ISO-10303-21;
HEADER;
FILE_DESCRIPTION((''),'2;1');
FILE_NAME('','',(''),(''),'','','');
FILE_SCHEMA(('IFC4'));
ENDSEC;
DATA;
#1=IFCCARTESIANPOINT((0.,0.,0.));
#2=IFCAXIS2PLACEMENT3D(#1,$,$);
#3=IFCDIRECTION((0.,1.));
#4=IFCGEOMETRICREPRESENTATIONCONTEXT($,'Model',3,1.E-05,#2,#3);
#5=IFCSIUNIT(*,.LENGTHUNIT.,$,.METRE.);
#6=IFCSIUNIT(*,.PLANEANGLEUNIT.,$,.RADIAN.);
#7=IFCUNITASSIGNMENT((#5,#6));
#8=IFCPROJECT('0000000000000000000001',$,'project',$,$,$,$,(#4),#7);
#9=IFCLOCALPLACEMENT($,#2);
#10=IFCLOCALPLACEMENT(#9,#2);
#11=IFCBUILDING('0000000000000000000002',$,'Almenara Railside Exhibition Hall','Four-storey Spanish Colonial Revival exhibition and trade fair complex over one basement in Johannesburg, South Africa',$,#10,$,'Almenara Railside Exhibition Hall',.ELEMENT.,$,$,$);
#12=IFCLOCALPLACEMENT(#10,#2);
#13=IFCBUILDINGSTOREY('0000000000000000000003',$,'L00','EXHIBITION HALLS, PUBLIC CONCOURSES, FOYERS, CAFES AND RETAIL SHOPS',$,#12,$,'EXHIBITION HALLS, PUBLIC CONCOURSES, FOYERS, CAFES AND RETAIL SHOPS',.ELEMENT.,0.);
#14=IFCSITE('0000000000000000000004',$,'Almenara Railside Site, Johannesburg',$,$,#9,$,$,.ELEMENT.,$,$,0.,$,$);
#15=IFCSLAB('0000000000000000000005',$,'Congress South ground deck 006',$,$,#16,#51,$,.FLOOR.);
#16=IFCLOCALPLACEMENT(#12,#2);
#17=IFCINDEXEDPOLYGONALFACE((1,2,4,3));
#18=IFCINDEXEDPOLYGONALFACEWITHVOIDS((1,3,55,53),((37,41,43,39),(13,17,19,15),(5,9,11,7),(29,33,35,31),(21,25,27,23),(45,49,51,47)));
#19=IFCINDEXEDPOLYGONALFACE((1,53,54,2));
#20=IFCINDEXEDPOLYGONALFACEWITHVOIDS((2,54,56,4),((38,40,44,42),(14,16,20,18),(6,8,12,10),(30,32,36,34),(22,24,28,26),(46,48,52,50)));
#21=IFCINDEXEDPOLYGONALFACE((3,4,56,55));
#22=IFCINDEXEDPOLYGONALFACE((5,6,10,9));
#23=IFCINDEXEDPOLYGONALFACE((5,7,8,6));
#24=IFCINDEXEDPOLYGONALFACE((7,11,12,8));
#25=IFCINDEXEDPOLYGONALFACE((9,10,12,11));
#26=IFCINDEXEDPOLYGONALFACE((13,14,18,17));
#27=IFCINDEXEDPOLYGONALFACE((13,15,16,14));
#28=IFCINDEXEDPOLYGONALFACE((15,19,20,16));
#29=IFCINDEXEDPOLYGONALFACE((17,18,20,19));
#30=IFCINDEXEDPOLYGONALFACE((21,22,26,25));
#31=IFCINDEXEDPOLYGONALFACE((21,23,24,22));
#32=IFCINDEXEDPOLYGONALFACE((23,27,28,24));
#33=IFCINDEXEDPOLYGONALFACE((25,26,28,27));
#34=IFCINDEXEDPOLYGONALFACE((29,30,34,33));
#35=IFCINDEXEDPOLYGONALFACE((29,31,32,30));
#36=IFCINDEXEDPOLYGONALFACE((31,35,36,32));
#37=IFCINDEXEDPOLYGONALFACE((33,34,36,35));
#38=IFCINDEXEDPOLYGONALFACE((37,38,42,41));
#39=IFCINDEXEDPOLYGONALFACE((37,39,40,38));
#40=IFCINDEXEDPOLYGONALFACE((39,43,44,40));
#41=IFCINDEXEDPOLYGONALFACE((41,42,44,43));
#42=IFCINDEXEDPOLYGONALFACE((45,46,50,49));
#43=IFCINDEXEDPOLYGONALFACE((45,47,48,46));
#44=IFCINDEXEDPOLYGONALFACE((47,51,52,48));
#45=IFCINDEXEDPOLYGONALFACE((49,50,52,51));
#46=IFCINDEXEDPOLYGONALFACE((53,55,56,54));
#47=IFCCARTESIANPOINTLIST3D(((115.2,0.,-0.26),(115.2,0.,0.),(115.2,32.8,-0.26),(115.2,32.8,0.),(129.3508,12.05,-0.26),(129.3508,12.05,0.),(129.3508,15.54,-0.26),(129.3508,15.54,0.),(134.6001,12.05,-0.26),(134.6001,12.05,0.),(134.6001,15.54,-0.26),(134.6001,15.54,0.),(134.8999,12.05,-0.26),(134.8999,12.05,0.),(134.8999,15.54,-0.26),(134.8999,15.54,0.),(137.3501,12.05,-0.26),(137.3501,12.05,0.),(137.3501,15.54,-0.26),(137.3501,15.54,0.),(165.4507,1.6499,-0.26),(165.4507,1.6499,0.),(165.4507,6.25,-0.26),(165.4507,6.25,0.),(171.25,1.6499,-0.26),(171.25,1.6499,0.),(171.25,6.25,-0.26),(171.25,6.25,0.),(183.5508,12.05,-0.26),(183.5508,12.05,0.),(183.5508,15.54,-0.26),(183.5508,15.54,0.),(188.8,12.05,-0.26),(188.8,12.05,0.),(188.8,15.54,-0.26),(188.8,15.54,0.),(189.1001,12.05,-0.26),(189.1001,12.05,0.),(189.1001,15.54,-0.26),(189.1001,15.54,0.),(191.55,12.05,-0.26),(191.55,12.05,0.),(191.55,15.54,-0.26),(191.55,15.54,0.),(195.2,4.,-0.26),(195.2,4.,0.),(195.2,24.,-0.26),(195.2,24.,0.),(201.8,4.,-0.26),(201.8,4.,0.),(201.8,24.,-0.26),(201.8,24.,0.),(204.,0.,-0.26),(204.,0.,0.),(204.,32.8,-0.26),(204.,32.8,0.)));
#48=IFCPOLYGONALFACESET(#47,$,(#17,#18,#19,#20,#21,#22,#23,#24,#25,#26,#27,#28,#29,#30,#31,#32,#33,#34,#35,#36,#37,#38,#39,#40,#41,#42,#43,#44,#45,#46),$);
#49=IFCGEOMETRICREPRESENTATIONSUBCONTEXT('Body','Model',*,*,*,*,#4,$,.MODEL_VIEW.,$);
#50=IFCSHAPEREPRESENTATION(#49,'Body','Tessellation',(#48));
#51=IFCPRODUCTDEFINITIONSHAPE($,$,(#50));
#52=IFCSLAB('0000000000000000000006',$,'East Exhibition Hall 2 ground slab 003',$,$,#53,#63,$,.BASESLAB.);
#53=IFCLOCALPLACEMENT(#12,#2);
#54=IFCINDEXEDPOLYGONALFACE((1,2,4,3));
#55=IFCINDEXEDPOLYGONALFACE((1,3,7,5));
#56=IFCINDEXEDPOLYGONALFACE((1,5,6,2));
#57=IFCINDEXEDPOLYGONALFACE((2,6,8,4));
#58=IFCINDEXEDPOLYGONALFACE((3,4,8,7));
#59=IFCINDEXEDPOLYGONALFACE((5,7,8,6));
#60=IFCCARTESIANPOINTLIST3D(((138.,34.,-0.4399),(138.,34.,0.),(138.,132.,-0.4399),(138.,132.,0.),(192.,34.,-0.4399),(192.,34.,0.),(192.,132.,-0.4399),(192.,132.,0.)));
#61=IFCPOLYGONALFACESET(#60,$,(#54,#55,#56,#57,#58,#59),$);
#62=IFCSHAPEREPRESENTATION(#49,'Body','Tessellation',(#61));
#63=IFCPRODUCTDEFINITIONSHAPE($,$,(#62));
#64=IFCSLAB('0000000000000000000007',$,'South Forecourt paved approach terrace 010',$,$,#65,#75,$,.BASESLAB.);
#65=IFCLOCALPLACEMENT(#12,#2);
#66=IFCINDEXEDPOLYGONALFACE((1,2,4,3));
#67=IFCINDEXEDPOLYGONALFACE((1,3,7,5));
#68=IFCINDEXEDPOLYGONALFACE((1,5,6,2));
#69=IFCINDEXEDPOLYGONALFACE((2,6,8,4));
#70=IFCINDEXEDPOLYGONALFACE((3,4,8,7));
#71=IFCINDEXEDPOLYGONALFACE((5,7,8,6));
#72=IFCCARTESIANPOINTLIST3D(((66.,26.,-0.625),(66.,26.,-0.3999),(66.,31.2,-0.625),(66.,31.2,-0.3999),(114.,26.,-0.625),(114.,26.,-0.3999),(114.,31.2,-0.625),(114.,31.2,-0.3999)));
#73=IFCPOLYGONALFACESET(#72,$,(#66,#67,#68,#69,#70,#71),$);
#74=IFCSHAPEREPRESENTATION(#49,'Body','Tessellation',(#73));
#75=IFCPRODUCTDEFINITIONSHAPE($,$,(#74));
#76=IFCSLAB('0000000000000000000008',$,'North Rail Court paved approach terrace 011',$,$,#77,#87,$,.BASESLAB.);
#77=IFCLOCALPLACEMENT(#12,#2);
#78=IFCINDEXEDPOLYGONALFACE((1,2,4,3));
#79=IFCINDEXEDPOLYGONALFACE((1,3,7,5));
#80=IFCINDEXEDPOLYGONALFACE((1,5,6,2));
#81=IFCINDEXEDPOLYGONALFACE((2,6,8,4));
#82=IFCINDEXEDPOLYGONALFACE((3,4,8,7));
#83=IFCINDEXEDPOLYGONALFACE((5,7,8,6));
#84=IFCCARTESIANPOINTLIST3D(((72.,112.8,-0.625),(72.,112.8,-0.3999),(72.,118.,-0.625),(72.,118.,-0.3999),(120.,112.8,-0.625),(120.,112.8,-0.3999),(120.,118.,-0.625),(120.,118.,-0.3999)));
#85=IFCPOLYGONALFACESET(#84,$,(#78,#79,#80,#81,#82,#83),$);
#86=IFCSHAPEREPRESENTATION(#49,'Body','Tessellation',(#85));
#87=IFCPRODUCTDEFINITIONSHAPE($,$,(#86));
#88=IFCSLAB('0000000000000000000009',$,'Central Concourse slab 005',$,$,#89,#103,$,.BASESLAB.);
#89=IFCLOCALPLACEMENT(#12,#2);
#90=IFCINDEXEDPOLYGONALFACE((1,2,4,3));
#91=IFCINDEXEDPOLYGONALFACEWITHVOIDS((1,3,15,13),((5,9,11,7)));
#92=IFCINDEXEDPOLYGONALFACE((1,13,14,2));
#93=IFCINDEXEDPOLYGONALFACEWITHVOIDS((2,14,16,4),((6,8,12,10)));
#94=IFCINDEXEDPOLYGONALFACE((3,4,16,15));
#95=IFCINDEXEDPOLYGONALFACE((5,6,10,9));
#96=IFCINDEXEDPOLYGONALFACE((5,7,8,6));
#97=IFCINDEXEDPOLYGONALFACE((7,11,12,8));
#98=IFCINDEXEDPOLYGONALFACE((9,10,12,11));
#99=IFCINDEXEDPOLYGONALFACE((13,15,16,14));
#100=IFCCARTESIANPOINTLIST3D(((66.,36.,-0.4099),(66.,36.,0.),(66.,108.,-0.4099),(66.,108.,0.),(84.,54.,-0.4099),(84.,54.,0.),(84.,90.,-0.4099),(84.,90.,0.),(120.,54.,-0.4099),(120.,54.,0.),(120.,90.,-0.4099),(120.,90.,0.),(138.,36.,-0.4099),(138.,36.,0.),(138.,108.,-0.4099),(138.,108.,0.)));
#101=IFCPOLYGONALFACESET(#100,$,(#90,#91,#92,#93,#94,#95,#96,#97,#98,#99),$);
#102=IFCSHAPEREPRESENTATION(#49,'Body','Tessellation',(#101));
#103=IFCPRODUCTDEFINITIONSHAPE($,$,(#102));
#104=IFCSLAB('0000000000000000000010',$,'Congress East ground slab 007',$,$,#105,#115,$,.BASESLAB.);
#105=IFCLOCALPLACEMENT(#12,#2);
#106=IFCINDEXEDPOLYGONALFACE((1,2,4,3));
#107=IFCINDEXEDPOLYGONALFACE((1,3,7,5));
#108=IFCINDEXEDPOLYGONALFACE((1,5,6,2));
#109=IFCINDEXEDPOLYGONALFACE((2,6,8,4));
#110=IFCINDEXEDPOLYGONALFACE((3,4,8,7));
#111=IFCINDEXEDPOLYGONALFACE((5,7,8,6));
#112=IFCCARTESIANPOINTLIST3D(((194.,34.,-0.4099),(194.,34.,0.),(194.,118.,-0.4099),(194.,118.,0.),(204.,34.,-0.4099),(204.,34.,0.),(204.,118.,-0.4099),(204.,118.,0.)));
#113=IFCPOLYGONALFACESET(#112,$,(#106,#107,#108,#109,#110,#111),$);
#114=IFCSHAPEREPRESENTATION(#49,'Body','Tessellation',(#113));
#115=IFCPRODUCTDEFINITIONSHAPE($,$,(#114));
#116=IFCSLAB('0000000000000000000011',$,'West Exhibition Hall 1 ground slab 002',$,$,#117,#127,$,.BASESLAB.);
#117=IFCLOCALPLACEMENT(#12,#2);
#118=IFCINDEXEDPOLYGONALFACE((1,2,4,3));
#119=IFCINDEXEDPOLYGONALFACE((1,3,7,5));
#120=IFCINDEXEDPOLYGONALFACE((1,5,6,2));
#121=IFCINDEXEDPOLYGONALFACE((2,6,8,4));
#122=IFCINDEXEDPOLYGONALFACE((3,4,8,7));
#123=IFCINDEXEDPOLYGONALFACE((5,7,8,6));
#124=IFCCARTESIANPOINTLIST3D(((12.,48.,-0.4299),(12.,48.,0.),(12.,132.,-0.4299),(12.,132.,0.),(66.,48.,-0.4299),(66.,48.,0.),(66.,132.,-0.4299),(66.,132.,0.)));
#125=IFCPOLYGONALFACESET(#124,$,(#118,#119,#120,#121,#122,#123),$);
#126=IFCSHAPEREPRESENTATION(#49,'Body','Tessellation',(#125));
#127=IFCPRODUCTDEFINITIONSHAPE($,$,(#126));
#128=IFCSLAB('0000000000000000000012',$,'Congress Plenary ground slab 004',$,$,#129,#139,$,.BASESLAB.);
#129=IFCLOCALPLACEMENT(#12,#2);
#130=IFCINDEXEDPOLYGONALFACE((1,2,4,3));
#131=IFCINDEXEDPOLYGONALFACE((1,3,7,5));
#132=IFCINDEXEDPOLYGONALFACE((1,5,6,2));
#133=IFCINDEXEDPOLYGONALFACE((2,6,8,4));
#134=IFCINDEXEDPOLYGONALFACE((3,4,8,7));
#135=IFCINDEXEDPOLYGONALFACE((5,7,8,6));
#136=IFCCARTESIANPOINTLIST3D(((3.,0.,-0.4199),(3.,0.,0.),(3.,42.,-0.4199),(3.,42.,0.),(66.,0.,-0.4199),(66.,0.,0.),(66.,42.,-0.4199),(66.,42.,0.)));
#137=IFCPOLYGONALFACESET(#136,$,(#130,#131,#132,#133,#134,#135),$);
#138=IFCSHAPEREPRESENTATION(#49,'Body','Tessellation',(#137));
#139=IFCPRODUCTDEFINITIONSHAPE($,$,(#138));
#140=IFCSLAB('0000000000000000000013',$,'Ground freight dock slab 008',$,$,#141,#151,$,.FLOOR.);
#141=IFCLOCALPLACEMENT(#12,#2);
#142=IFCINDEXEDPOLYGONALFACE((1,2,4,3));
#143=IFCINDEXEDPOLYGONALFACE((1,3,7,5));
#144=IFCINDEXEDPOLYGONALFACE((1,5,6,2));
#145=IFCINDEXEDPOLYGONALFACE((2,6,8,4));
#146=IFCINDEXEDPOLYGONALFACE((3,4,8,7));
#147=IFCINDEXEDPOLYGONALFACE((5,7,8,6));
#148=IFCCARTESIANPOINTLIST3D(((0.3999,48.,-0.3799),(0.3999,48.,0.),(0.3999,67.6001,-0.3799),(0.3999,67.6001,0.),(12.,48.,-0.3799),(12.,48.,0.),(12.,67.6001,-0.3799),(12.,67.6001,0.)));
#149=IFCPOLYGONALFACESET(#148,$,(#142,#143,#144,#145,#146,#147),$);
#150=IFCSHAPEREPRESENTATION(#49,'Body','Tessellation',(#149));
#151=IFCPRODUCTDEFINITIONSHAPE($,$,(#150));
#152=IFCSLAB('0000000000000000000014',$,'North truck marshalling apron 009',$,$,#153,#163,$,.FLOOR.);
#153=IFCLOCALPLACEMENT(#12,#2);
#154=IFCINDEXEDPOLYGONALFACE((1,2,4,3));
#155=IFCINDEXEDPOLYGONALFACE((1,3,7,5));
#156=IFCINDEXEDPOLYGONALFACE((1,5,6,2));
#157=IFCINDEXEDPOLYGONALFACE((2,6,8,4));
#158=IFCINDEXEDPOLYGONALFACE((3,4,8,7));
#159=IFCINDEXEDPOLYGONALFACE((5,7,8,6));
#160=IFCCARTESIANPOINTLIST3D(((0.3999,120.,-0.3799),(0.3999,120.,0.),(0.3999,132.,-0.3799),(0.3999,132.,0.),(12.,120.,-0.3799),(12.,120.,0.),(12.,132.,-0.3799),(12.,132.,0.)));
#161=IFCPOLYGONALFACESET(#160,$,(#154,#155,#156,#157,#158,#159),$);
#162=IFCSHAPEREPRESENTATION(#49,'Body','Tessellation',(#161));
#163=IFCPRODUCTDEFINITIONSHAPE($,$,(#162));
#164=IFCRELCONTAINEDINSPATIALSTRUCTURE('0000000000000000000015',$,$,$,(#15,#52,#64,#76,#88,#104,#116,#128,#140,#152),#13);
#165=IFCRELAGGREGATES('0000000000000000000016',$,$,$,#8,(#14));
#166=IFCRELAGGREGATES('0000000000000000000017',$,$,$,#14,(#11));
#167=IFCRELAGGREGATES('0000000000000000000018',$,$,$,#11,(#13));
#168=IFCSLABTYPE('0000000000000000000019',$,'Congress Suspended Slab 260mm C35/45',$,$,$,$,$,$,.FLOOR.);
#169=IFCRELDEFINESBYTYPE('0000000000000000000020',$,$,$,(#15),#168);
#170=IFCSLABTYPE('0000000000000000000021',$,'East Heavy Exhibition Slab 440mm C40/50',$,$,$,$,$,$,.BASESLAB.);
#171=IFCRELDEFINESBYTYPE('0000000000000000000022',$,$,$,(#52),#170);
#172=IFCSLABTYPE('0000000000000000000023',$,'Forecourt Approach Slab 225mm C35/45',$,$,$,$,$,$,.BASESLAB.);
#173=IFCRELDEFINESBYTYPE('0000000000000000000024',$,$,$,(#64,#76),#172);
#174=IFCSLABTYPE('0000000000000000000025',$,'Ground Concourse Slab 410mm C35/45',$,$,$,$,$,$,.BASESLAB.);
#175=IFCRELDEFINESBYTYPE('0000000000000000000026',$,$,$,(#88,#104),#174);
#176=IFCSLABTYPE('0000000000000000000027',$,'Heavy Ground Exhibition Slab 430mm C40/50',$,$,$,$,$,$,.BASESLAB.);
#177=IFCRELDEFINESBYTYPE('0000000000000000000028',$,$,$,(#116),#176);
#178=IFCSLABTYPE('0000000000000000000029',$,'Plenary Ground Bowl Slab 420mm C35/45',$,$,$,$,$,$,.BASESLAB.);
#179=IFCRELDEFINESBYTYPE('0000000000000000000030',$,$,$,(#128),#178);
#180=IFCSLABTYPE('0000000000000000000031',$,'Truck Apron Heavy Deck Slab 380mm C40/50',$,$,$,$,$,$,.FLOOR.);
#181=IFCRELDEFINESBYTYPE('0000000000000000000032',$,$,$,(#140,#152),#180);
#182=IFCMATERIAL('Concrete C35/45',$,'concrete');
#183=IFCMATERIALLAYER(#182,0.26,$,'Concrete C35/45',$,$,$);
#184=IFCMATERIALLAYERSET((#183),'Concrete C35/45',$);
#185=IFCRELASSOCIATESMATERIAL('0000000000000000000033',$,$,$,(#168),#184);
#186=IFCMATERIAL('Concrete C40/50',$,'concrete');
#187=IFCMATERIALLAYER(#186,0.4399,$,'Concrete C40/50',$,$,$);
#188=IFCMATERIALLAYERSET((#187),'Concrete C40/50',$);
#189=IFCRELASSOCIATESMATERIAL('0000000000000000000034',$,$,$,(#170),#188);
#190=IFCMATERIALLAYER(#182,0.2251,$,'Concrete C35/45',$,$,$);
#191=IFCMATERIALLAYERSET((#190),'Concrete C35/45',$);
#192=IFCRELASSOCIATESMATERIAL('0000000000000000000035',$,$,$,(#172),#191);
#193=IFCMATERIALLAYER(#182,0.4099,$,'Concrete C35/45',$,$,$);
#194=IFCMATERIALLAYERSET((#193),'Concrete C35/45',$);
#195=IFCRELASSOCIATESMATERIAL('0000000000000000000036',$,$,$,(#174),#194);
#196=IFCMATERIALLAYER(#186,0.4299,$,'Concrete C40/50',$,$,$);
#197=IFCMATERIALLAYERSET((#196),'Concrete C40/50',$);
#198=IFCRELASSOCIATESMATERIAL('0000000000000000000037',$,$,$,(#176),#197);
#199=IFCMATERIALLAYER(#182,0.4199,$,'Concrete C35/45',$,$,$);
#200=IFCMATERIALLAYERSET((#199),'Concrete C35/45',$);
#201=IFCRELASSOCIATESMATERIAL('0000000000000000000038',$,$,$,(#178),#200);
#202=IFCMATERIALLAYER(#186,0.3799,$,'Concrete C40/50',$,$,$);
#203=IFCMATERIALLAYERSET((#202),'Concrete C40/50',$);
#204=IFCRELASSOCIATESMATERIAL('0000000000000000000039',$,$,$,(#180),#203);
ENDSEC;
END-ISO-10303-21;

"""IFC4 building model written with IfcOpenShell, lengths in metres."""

from ifc_helpers import new_model, si_unit, direction, frame, origin, place, context, subcontext, project, spatial, polyline, outline, extrude, material, layer, layer_set, type_object, element, save


model = new_model("IFC4")

# Units and contexts
model_context = context("Model", 3, precision=1e-05, world=origin(), true_north=direction((0.0, 1.0)))
body_context = subcontext(model_context, "Body", "Model", "MODEL_VIEW")
ifc_project = project(units=[si_unit("LENGTHUNIT", "METRE"), si_unit("PLANEANGLEUNIT", "RADIAN")], contexts=[model_context])

# Site, building, storey
site_placement = place(None, origin())
site = spatial("IfcSite", under=ifc_project, at=site_placement, Name="Almenara Railside Site, Johannesburg", CompositionType="ELEMENT", RefElevation=0.0)
building_placement = place(site_placement, origin())
building = spatial("IfcBuilding", under=site, at=building_placement, Name="Almenara Railside Exhibition Hall", Description="Four-storey Spanish Colonial Revival exhibition and trade fair complex over one basement in Johannesburg, South Africa", LongName="Almenara Railside Exhibition Hall", CompositionType="ELEMENT")
storey_placement = place(building_placement, origin())
storey = spatial("IfcBuildingStorey", under=building, at=storey_placement, Name="L00", Description="EXHIBITION HALLS, PUBLIC CONCOURSES, FOYERS, CAFES AND RETAIL SHOPS", LongName="EXHIBITION HALLS, PUBLIC CONCOURSES, FOYERS, CAFES AND RETAIL SHOPS", CompositionType="ELEMENT", Elevation=0.0)

# Shared definitions
ifc_material_1 = material(Name="Concrete C40/50", Category="concrete")

# Slabs
ifc_material_2 = material(Name="Concrete C35/45", Category="concrete")
ifc_layer_1 = layer(ifc_material_2, 0.26, Name="Concrete C35/45")
ifc_layer_set_1 = layer_set([ifc_layer_1], Name="Concrete C35/45")
slab_type_1 = type_object("IfcSlabType", Name="Congress Suspended Slab 260mm C35/45", PredefinedType="FLOOR", material=ifc_layer_set_1)
slab_1_placement = place(storey_placement, frame((0.0, 0.0, -0.26)))
element("IfcSlab", 1, at=slab_1_placement, inside=storey, type_object=slab_type_1, Name="Congress South ground deck 006", PredefinedType="FLOOR", context=body_context, shape_type="SweptSolid", body=[
    extrude(outline(polyline([(115.2, 0.0), (204.0, 0.0), (204.0, 32.8), (115.2, 32.8), (115.2, 0.0)]), holes=[polyline([(129.3508, 12.05), (134.6001, 12.05), (134.6001, 15.54), (129.3508, 15.54), (129.3508, 12.05)]), polyline([(134.8999, 12.05), (137.3501, 12.05), (137.3501, 15.54), (134.8999, 15.54), (134.8999, 12.05)]), polyline([(183.5508, 12.05), (188.8, 12.05), (188.8, 15.54), (183.5508, 15.54), (183.5508, 12.05)]), polyline([(189.1001, 12.05), (191.55, 12.05), (191.55, 15.54), (189.1001, 15.54), (189.1001, 12.05)]), polyline([(195.2, 4.0), (201.8, 4.0), (201.8, 24.0), (195.2, 24.0), (195.2, 4.0)]), polyline([(165.4507, 1.6499), (171.25, 1.6499), (171.25, 6.25), (165.4507, 6.25), (165.4507, 1.6499)])]), origin(), (0.0, 0.0, 1.0), 0.26),
])
ifc_layer_2 = layer(ifc_material_1, 0.4399, Name="Concrete C40/50")
ifc_layer_set_2 = layer_set([ifc_layer_2], Name="Concrete C40/50")
slab_type_2 = type_object("IfcSlabType", Name="East Heavy Exhibition Slab 440mm C40/50", PredefinedType="BASESLAB", material=ifc_layer_set_2)
slab_2_placement = place(storey_placement, frame((0.0, 0.0, -0.4399)))
element("IfcSlab", 2, at=slab_2_placement, inside=storey, type_object=slab_type_2, Name="East Exhibition Hall 2 ground slab 003", PredefinedType="BASESLAB", context=body_context, shape_type="SweptSolid", body=[
    extrude(outline(polyline([(138.0, 34.0), (192.0, 34.0), (192.0, 132.0), (138.0, 132.0), (138.0, 34.0)])), origin(), (0.0, 0.0, 1.0), 0.4399),
])
ifc_layer_3 = layer(ifc_material_2, 0.2251, Name="Concrete C35/45")
ifc_layer_set_3 = layer_set([ifc_layer_3], Name="Concrete C35/45")
slab_type_3 = type_object("IfcSlabType", Name="Forecourt Approach Slab 225mm C35/45", PredefinedType="BASESLAB", material=ifc_layer_set_3)
slab_3_placement = place(storey_placement, frame((0.0, 0.0, -0.625)))
element("IfcSlab", 3, at=slab_3_placement, inside=storey, type_object=slab_type_3, Name="South Forecourt paved approach terrace 010", PredefinedType="BASESLAB", context=body_context, shape_type="SweptSolid", body=[
    extrude(outline(polyline([(66.0, 26.0), (114.0, 26.0), (114.0, 31.2), (66.0, 31.2), (66.0, 26.0)])), origin(), (0.0, 0.0, 1.0), 0.2251),
])
slab_4_placement = place(storey_placement, frame((0.0, 0.0, -0.625)))
element("IfcSlab", 4, at=slab_4_placement, inside=storey, type_object=slab_type_3, Name="North Rail Court paved approach terrace 011", PredefinedType="BASESLAB", context=body_context, shape_type="SweptSolid", body=[
    extrude(outline(polyline([(72.0, 112.8), (120.0, 112.8), (120.0, 118.0), (72.0, 118.0), (72.0, 112.8)])), origin(), (0.0, 0.0, 1.0), 0.2251),
])
ifc_layer_4 = layer(ifc_material_2, 0.4099, Name="Concrete C35/45")
ifc_layer_set_4 = layer_set([ifc_layer_4], Name="Concrete C35/45")
slab_type_4 = type_object("IfcSlabType", Name="Ground Concourse Slab 410mm C35/45", PredefinedType="BASESLAB", material=ifc_layer_set_4)
slab_5_placement = place(storey_placement, frame((0.0, 0.0, -0.4099)))
element("IfcSlab", 5, at=slab_5_placement, inside=storey, type_object=slab_type_4, Name="Central Concourse slab 005", PredefinedType="BASESLAB", context=body_context, shape_type="SweptSolid", body=[
    extrude(outline(polyline([(66.0, 36.0), (138.0, 36.0), (138.0, 108.0), (66.0, 108.0), (66.0, 36.0)]), holes=[polyline([(84.0, 54.0), (120.0, 54.0), (120.0, 90.0), (84.0, 90.0), (84.0, 54.0)])]), origin(), (0.0, 0.0, 1.0), 0.4099),
])
slab_6_placement = place(storey_placement, frame((0.0, 0.0, -0.4099)))
element("IfcSlab", 6, at=slab_6_placement, inside=storey, type_object=slab_type_4, Name="Congress East ground slab 007", PredefinedType="BASESLAB", context=body_context, shape_type="SweptSolid", body=[
    extrude(outline(polyline([(194.0, 34.0), (204.0, 34.0), (204.0, 118.0), (194.0, 118.0), (194.0, 34.0)])), origin(), (0.0, 0.0, 1.0), 0.4099),
])
ifc_layer_5 = layer(ifc_material_1, 0.4299, Name="Concrete C40/50")
ifc_layer_set_5 = layer_set([ifc_layer_5], Name="Concrete C40/50")
slab_type_5 = type_object("IfcSlabType", Name="Heavy Ground Exhibition Slab 430mm C40/50", PredefinedType="BASESLAB", material=ifc_layer_set_5)
slab_7_placement = place(storey_placement, frame((0.0, 0.0, -0.4299)))
element("IfcSlab", 7, at=slab_7_placement, inside=storey, type_object=slab_type_5, Name="West Exhibition Hall 1 ground slab 002", PredefinedType="BASESLAB", context=body_context, shape_type="SweptSolid", body=[
    extrude(outline(polyline([(12.0, 48.0), (66.0, 48.0), (66.0, 132.0), (12.0, 132.0), (12.0, 48.0)])), origin(), (0.0, 0.0, 1.0), 0.4299),
])
ifc_layer_6 = layer(ifc_material_2, 0.4199, Name="Concrete C35/45")
ifc_layer_set_6 = layer_set([ifc_layer_6], Name="Concrete C35/45")
slab_type_6 = type_object("IfcSlabType", Name="Plenary Ground Bowl Slab 420mm C35/45", PredefinedType="BASESLAB", material=ifc_layer_set_6)
slab_8_placement = place(storey_placement, frame((0.0, 0.0, -0.4199)))
element("IfcSlab", 8, at=slab_8_placement, inside=storey, type_object=slab_type_6, Name="Congress Plenary ground slab 004", PredefinedType="BASESLAB", context=body_context, shape_type="SweptSolid", body=[
    extrude(outline(polyline([(3.0, 0.0), (66.0, 0.0), (66.0, 42.0), (3.0, 42.0), (3.0, 0.0)])), origin(), (0.0, 0.0, 1.0), 0.4199),
])
ifc_layer_7 = layer(ifc_material_1, 0.3799, Name="Concrete C40/50")
ifc_layer_set_7 = layer_set([ifc_layer_7], Name="Concrete C40/50")
slab_type_7 = type_object("IfcSlabType", Name="Truck Apron Heavy Deck Slab 380mm C40/50", PredefinedType="FLOOR", material=ifc_layer_set_7)
slab_9_placement = place(storey_placement, frame((0.0, 0.0, -0.3799)))
element("IfcSlab", 9, at=slab_9_placement, inside=storey, type_object=slab_type_7, Name="Ground freight dock slab 008", PredefinedType="FLOOR", context=body_context, shape_type="SweptSolid", body=[
    extrude(outline(polyline([(0.3999, 48.0), (12.0, 48.0), (12.0, 67.6001), (0.3999, 67.6001), (0.3999, 48.0)])), origin(), (0.0, 0.0, 1.0), 0.3799),
])
slab_10_placement = place(storey_placement, frame((0.0, 0.0, -0.3799)))
element("IfcSlab", 10, at=slab_10_placement, inside=storey, type_object=slab_type_7, Name="North truck marshalling apron 009", PredefinedType="FLOOR", context=body_context, shape_type="SweptSolid", body=[
    extrude(outline(polyline([(0.3999, 120.0), (12.0, 120.0), (12.0, 132.0), (0.3999, 132.0), (0.3999, 120.0)])), origin(), (0.0, 0.0, 1.0), 0.3799),
])

save(model, "model.ifc")
